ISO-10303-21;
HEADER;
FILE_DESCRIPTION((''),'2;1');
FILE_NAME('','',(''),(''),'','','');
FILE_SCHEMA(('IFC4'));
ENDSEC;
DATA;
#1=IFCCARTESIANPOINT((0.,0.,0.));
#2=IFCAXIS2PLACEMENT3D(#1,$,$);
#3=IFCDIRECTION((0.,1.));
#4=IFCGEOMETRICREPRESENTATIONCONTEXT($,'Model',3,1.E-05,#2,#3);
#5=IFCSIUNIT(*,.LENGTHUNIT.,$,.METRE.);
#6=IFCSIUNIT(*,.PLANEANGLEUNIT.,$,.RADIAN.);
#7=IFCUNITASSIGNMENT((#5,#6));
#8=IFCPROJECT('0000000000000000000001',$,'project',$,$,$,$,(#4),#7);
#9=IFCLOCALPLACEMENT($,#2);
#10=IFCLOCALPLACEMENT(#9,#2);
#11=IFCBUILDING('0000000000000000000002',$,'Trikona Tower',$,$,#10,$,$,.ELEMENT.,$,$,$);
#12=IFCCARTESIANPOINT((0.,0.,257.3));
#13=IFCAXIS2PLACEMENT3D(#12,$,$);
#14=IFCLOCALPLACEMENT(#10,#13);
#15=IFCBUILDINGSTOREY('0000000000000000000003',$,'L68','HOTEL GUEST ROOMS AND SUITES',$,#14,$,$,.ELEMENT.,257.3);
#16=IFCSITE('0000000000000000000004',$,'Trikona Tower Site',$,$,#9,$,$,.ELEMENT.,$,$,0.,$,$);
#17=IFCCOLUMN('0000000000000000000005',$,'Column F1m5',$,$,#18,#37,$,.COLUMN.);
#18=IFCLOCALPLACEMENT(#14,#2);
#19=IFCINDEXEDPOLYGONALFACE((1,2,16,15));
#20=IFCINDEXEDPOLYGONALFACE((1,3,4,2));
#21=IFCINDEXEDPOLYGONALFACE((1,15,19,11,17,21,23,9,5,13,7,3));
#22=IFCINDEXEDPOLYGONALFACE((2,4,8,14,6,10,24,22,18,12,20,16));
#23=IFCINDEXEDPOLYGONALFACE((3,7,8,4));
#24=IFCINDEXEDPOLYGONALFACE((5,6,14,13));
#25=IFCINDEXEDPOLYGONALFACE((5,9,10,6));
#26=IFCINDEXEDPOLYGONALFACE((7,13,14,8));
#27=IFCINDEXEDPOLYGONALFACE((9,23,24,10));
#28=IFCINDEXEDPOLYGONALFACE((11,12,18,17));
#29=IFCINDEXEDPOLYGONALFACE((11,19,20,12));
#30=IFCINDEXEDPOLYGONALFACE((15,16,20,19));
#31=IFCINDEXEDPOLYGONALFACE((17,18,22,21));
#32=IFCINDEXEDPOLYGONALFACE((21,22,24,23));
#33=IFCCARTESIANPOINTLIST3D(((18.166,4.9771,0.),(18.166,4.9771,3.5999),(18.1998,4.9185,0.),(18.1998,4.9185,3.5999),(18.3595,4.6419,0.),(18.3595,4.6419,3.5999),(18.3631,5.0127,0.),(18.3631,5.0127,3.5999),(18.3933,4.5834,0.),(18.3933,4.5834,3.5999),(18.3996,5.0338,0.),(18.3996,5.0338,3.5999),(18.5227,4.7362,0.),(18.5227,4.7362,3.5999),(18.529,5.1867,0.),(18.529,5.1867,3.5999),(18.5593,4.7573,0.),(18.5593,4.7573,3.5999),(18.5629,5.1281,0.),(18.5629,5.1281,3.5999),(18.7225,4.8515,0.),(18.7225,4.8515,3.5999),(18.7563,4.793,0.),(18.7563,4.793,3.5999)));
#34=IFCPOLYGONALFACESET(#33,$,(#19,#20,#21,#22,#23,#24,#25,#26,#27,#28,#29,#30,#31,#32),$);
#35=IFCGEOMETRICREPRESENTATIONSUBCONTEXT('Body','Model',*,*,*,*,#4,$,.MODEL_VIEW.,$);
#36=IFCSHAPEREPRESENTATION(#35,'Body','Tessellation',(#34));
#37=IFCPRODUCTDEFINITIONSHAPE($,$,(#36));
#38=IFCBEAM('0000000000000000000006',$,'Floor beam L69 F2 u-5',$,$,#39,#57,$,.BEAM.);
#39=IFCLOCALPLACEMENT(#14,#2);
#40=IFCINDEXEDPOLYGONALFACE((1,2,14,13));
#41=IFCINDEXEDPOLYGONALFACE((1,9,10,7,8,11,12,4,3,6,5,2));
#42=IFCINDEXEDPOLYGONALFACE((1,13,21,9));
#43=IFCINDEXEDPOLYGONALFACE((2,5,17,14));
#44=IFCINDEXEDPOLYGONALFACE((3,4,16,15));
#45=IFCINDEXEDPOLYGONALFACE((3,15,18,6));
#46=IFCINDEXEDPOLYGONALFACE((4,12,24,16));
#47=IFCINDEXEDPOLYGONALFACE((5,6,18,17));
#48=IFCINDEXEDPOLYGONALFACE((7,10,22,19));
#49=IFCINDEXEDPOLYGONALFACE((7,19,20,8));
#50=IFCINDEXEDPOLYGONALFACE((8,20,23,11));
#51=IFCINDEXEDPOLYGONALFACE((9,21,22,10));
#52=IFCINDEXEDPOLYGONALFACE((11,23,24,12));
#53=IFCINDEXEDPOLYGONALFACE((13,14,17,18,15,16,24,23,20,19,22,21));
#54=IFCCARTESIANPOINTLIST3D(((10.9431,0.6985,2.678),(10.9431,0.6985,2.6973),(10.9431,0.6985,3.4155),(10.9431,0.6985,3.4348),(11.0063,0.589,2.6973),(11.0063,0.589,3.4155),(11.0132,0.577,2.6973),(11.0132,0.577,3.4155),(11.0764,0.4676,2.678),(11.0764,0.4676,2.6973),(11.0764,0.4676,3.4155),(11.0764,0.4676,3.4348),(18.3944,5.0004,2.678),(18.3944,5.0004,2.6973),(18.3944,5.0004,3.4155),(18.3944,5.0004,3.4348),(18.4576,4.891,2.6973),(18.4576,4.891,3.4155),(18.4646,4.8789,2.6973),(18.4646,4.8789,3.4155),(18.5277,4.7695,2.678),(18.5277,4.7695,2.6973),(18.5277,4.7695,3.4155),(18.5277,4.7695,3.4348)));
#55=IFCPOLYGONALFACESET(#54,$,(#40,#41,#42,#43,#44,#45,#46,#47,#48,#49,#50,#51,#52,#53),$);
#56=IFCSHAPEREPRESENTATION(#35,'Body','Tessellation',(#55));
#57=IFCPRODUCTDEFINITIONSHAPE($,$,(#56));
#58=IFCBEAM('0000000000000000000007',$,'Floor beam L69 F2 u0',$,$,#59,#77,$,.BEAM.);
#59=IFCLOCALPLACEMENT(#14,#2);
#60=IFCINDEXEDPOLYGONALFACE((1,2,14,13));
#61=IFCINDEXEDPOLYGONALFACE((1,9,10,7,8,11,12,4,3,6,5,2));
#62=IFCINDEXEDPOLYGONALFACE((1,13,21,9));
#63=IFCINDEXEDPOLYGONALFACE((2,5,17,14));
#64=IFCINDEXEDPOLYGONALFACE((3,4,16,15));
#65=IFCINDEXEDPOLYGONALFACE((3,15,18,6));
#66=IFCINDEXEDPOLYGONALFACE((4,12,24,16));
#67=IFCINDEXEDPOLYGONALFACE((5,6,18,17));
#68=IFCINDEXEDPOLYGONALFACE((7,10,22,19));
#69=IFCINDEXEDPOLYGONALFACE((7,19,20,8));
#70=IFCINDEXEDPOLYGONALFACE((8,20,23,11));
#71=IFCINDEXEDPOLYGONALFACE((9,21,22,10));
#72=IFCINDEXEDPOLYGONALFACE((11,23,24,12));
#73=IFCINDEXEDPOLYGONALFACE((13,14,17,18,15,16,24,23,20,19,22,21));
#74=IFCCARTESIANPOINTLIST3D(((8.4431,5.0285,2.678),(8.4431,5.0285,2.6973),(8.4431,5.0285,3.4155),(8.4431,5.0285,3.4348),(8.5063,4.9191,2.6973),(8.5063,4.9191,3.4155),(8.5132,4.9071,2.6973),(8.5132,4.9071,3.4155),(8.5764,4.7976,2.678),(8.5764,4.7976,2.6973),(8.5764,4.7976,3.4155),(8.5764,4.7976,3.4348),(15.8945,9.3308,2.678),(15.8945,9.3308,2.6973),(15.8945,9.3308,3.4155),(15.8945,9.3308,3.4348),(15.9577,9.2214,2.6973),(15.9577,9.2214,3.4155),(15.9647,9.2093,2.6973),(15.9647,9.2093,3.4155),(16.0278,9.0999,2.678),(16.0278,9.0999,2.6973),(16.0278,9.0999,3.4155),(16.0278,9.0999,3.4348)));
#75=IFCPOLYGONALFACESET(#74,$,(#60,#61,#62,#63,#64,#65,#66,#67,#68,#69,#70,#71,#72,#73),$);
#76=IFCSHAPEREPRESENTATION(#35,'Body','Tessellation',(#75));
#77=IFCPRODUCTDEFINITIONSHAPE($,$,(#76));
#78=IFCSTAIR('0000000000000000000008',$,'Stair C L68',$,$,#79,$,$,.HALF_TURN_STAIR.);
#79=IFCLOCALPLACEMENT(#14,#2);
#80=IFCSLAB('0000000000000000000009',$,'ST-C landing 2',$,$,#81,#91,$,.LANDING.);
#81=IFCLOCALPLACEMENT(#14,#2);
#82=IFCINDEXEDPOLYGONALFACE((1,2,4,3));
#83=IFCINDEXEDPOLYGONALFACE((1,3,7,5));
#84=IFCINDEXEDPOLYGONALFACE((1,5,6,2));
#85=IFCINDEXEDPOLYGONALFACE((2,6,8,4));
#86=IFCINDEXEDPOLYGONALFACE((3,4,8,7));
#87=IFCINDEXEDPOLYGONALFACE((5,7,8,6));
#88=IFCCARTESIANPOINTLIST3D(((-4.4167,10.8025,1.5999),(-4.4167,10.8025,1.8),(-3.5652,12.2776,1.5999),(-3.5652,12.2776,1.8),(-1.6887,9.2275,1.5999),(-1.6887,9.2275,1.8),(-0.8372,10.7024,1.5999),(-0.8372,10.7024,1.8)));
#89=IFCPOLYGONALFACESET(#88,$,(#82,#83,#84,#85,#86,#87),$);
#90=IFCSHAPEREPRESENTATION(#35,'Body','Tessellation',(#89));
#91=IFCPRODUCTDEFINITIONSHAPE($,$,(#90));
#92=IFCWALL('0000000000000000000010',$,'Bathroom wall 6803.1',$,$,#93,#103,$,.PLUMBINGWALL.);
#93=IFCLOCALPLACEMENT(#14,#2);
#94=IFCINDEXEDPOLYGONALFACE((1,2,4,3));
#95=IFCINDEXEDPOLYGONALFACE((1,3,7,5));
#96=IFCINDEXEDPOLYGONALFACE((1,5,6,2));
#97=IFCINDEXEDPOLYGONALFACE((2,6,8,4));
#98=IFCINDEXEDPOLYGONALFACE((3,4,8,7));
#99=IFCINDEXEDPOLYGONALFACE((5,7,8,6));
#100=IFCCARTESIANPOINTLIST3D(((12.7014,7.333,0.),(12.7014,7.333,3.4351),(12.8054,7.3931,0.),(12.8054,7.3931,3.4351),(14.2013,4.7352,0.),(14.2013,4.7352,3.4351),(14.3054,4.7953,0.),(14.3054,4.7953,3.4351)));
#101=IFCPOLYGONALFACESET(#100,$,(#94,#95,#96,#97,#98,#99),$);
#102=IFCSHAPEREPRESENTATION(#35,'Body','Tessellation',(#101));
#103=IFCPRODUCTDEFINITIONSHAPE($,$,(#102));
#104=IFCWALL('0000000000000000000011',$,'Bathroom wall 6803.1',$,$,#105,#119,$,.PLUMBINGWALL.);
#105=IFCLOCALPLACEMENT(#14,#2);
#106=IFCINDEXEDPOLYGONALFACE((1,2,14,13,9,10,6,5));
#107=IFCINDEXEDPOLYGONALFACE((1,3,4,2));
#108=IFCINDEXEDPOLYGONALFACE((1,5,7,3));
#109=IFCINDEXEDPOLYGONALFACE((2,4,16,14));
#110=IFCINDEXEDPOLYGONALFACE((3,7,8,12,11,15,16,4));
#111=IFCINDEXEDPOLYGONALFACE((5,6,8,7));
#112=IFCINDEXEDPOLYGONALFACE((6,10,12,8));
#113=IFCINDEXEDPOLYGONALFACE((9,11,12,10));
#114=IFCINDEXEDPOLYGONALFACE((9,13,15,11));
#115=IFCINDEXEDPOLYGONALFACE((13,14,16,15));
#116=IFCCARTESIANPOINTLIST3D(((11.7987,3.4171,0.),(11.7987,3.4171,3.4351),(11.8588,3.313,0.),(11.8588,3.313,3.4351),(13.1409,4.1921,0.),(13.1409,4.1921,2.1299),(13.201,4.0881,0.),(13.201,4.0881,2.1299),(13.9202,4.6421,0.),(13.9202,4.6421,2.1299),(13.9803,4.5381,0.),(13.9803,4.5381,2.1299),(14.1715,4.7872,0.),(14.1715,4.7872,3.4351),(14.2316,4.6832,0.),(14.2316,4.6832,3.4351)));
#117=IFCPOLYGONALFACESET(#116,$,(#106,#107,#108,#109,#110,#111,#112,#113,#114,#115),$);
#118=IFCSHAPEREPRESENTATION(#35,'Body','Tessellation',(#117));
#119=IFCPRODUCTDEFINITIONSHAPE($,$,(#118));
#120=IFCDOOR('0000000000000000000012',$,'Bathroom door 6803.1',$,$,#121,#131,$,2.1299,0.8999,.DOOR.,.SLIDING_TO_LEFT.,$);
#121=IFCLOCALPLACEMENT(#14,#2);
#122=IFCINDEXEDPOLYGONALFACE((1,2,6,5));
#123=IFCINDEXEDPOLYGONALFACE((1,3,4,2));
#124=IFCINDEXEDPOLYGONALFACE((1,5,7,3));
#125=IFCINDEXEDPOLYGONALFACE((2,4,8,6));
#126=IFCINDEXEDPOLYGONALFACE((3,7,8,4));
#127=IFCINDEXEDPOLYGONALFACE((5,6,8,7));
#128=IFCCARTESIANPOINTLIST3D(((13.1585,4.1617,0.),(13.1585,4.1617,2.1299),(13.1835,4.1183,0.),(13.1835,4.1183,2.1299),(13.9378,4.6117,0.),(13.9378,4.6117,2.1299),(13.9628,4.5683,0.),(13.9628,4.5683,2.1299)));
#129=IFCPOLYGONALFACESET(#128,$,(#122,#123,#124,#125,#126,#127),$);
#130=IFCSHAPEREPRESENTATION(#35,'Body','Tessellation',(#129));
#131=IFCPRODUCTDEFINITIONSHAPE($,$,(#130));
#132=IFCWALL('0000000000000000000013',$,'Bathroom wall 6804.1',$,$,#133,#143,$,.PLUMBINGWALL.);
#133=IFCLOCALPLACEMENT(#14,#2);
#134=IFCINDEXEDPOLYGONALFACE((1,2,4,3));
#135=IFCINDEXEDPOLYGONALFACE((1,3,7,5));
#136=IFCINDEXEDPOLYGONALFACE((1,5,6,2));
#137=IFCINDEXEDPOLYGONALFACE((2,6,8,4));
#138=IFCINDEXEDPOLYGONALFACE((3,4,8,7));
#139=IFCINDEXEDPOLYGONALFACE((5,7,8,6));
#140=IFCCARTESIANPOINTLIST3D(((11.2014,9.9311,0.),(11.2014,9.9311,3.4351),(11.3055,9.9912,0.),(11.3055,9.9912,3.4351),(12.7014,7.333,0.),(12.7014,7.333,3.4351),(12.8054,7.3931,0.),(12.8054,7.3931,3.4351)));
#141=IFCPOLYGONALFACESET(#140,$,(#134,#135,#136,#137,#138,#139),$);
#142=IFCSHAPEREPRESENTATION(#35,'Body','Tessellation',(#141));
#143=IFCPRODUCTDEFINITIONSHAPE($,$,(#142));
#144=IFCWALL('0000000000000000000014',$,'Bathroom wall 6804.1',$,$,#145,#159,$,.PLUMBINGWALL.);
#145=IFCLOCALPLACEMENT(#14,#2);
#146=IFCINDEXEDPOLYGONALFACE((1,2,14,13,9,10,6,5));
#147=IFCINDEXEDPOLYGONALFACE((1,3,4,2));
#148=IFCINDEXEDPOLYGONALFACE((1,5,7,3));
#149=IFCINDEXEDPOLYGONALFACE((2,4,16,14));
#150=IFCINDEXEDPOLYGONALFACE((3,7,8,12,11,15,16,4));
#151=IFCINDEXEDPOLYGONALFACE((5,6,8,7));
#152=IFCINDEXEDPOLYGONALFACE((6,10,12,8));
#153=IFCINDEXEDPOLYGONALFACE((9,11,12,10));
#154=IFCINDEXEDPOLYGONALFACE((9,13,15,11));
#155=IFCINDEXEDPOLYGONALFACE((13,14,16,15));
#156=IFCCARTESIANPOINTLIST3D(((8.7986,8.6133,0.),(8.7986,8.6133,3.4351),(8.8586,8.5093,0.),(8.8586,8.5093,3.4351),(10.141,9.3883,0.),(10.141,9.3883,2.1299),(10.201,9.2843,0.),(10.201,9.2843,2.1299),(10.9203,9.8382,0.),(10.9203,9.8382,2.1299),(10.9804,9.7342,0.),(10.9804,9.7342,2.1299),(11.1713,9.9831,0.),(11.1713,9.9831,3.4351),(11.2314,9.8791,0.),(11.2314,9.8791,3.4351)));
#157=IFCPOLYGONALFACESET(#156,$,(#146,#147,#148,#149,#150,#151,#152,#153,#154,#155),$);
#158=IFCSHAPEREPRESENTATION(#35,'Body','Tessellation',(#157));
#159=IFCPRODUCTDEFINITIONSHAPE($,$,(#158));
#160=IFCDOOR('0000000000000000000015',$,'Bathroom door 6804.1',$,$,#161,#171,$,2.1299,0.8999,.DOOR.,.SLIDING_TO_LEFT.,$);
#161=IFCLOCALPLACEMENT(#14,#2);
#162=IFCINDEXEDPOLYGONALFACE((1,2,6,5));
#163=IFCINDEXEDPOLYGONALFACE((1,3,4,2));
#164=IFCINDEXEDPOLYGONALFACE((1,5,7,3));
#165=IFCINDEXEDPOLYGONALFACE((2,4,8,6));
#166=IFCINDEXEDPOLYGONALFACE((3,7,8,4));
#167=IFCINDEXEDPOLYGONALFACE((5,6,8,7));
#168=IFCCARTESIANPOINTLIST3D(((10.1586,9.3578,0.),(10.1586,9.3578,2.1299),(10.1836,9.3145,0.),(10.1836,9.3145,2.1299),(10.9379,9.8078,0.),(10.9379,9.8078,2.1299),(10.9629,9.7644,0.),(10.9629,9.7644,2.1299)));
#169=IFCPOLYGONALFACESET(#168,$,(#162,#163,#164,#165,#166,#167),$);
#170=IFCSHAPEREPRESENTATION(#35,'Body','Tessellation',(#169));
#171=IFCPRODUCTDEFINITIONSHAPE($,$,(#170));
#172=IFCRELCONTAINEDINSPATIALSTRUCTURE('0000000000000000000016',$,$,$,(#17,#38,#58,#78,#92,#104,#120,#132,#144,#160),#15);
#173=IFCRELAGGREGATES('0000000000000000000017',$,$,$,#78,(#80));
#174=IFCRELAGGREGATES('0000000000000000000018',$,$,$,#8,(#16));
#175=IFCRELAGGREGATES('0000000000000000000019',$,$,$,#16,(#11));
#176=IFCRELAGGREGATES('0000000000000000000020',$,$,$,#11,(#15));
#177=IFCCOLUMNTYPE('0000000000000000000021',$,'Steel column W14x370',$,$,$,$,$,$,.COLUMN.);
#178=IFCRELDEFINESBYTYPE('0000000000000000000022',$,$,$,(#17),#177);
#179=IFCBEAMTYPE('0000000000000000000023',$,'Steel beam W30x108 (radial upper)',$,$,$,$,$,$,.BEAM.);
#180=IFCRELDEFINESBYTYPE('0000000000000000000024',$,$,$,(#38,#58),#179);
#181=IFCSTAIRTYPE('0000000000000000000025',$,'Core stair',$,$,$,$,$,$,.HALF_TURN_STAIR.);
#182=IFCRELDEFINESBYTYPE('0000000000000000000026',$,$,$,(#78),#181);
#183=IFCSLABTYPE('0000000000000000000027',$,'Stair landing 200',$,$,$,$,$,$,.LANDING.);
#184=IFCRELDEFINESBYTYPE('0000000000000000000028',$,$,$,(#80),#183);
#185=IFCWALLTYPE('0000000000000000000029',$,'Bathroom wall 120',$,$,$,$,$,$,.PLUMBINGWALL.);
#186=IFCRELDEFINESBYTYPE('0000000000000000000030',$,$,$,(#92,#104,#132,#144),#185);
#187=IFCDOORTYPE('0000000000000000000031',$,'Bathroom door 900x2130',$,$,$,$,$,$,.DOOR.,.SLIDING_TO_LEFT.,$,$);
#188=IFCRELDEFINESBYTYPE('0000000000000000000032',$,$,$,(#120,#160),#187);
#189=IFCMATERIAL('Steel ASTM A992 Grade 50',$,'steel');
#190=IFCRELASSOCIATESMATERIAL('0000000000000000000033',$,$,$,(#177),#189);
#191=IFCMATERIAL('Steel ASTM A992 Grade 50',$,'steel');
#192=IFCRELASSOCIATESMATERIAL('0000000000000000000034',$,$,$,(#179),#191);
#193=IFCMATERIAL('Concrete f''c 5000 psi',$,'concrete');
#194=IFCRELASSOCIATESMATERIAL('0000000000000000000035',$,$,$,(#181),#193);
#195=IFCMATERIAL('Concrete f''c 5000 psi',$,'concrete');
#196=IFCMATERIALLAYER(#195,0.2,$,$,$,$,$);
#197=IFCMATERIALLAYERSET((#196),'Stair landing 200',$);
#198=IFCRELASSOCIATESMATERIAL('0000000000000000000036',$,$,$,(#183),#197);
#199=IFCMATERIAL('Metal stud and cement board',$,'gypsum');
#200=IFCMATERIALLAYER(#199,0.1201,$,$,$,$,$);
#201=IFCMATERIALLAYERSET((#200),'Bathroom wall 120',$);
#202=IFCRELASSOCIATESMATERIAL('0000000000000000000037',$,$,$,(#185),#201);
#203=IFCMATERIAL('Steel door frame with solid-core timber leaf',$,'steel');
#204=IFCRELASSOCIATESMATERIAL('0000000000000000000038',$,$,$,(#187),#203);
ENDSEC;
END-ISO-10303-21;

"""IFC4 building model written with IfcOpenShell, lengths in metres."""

from ifc_helpers import new_model, si_unit, direction, frame, frame_2d, origin, origin_2d, place, context, subcontext, project, spatial, polyline, rectangle, i_section, outline, extrude, material, layer, layer_set, material_profile, profile_set, type_object, element, fill, aggregate, save


model = new_model("IFC4")

# Units and contexts
model_context = context("Model", 3, precision=1e-05, world=origin(), true_north=direction((0.0, 1.0)))
body_context = subcontext(model_context, "Body", "Model", "MODEL_VIEW")
ifc_project = project(units=[si_unit("LENGTHUNIT", "METRE"), si_unit("PLANEANGLEUNIT", "RADIAN")], contexts=[model_context])

# Site, building, storey
site_placement = place(None, origin())
site = spatial("IfcSite", under=ifc_project, at=site_placement, Name="Trikona Tower Site", CompositionType="ELEMENT", RefElevation=0.0)
building_placement = place(site_placement, origin())
building = spatial("IfcBuilding", under=site, at=building_placement, Name="Trikona Tower", CompositionType="ELEMENT")
storey_placement = place(building_placement, frame((0.0, 0.0, 257.3)))
storey = spatial("IfcBuildingStorey", under=building, at=storey_placement, Name="L68", Description="HOTEL GUEST ROOMS AND SUITES", CompositionType="ELEMENT", Elevation=257.3)

# Column
ifc_material_1 = material(Name="Steel ASTM A992 Grade 50", Category="steel")
ifc_material_profile_1 = material_profile(ifc_material_1, i_section(OverallWidth=0.4192, OverallDepth=0.4546, WebThickness=0.0422, FlangeThickness=0.0676, at=origin_2d()), Name="W14X370")
ifc_profile_set_1 = profile_set([ifc_material_profile_1], Name="Steel ASTM A992 Grade 50")
column_type = type_object("IfcColumnType", Name="Steel column W14x370", PredefinedType="COLUMN", material=ifc_profile_set_1)
column_placement = place(storey_placement, frame((18.4612, 4.885, 0.0), z_axis=(0.0, 0.0, 1.0), x_axis=(0.866025, 0.5, 0.0)))
element("IfcColumn", 1, at=column_placement, inside=storey, type_object=column_type, Name="Column F1m5", PredefinedType="COLUMN", context=body_context, shape_type="SweptSolid", body=[
    extrude(i_section(OverallWidth=0.4192, OverallDepth=0.4546, WebThickness=0.0422, FlangeThickness=0.0676, at=origin_2d()), origin(), (0.0, 0.0, 1.0), 3.5999),
])

# Beams
ifc_material_2 = material(Name="Steel ASTM A992 Grade 50", Category="steel")
ifc_material_profile_2 = material_profile(ifc_material_2, i_section(OverallWidth=0.2666, OverallDepth=0.7568, WebThickness=0.0139, FlangeThickness=0.0193, at=origin_2d()), Name="W30X108")
ifc_profile_set_2 = profile_set([ifc_material_profile_2], Name="Steel ASTM A992 Grade 50")
beam_type = type_object("IfcBeamType", Name="Steel beam W30x108 (radial upper)", PredefinedType="BEAM", material=ifc_profile_set_2)
beam_1_placement = place(storey_placement, frame((11.0098, 0.583, 3.0564), z_axis=(0.866029, 0.499993, 0.0), x_axis=(-0.499993, 0.866029, 0.0)))
element("IfcBeam", 2, at=beam_1_placement, inside=storey, type_object=beam_type, Name="Floor beam L69 F2 u-5", PredefinedType="BEAM", context=body_context, shape_type="SweptSolid", body=[
    extrude(i_section(OverallWidth=0.2666, OverallDepth=0.7568, WebThickness=0.0139, FlangeThickness=0.0193, at=origin_2d()), origin(), (0.0, 0.0, 1.0), 8.604),
])
beam_2_placement = place(storey_placement, frame((8.5098, 4.9131, 3.0564), z_axis=(0.866017, 0.500015, 0.0), x_axis=(-0.500015, 0.866017, 0.0)))
element("IfcBeam", 3, at=beam_2_placement, inside=storey, type_object=beam_type, Name="Floor beam L69 F2 u0", PredefinedType="BEAM", context=body_context, shape_type="SweptSolid", body=[
    extrude(i_section(OverallWidth=0.2666, OverallDepth=0.7568, WebThickness=0.0139, FlangeThickness=0.0193, at=origin_2d()), origin(), (0.0, 0.0, 1.0), 8.6042),
])

# Stair, slab
ifc_material_3 = material(Name="Concrete f'c 5000 psi", Category="concrete")
stair_type = type_object("IfcStairType", Name="Core stair", PredefinedType="HALF_TURN_STAIR", material=ifc_material_3)
stair_1_placement = place(storey_placement, origin())
stair_1 = element("IfcStair", 4, at=stair_1_placement, inside=storey, type_object=stair_type, Name="Stair C L68", PredefinedType="HALF_TURN_STAIR")
ifc_material_4 = material(Name="Concrete f'c 5000 psi", Category="concrete")
ifc_layer_1 = layer(ifc_material_4, 0.2)
ifc_layer_set_1 = layer_set([ifc_layer_1], Name="Stair landing 200")
slab_type = type_object("IfcSlabType", Name="Stair landing 200", PredefinedType="LANDING", material=ifc_layer_set_1)
slab_placement = place(storey_placement, frame((0.0, 0.0, 1.5999)))
slab = element("IfcSlab", 5, at=slab_placement, type_object=slab_type, Name="ST-C landing 2", PredefinedType="LANDING", context=body_context, shape_type="SweptSolid", body=[
    extrude(outline(polyline([(-0.8372, 10.7024), (-1.6887, 9.2275), (-4.4167, 10.8025), (-3.5652, 12.2776), (-0.8372, 10.7024)])), origin(), (0.0, 0.0, 1.0), 0.2002),
])
aggregate(stair_1, [slab])

# Wall
ifc_material_5 = material(Name="Metal stud and cement board", Category="gypsum")
ifc_layer_2 = layer(ifc_material_5, 0.1201)
ifc_layer_set_2 = layer_set([ifc_layer_2], Name="Bathroom wall 120")
wall_type_1 = type_object("IfcWallType", Name="Bathroom wall 120", PredefinedType="PLUMBINGWALL", material=ifc_layer_set_2)
wall_1_placement = place(storey_placement, frame((14.2534, 4.7651, 0.0), z_axis=(0.0, 0.0, 1.0), x_axis=(-0.500025, 0.866011, 0.0)))
element("IfcWall", 6, at=wall_1_placement, inside=storey, type_object=wall_type_1, Name="Bathroom wall 6803.1", PredefinedType="PLUMBINGWALL", context=body_context, shape_type="SweptSolid", body=[
    extrude(rectangle(XDim=2.9998, YDim=0.1201, at=frame_2d((1.5, 0.0))), origin(), (0.0, 0.0, 1.0), 3.4351),
])

# Wall, opening, door
wall_2_placement = place(storey_placement, frame((11.8286, 3.365, 0.0), z_axis=(0.0, 0.0, 1.0), x_axis=(0.865997, 0.500049, 0.0)))
wall_2 = element("IfcWall", 7, at=wall_2_placement, inside=storey, type_object=wall_type_1, Name="Bathroom wall 6803.1", PredefinedType="PLUMBINGWALL", context=body_context, shape_type="SweptSolid", body=[
    extrude(rectangle(XDim=2.74, YDim=0.1201, at=frame_2d((1.3701, 0.0))), origin(), (0.0, 0.0, 1.0), 3.4351),
])
opening_1_placement = place(wall_2_placement, frame((1.55, 0.0, 0.0)))
opening_1 = element("IfcOpeningElement", 8, at=opening_1_placement, cuts=wall_2, PredefinedType="OPENING", context=body_context, shape_type="SweptSolid", body=[
    extrude(rectangle(XDim=0.8999, YDim=2.1299, at=frame_2d((0.45, 1.0649))), frame((0.0, 0.0701, 0.0), z_axis=(0.0, -1.0, 0.0), x_axis=(1.0, 0.0, 0.0)), (0.0, 0.0, 1.0), 0.1401),
])
ifc_material_6 = material(Name="Steel door frame with solid-core timber leaf", Category="steel")
door_type_1 = type_object("IfcDoorType", Name="Bathroom door 900x2130", OperationType="SLIDING_TO_LEFT", PredefinedType="DOOR", material=ifc_material_6)
door_1_placement = place(opening_1_placement, origin())
door_1 = element("IfcDoor", 9, at=door_1_placement, inside=storey, type_object=door_type_1, Name="Bathroom door 6803.1", OperationType="SLIDING_TO_LEFT", OverallHeight=2.1299, OverallWidth=0.8999, PredefinedType="DOOR", context=body_context, shape_type="SweptSolid", body=[
    extrude(rectangle(XDim=0.8999, YDim=2.1299, at=frame_2d((0.45, 1.0649))), frame((0.0, 0.0249, 0.0), z_axis=(0.0, -1.0, 0.0), x_axis=(1.0, 0.0, 0.0)), (0.0, 0.0, 1.0), 0.05),
])
fill(opening_1, door_1)

# Wall
wall_3_placement = place(storey_placement, frame((12.7534, 7.363, 0.0), z_axis=(0.0, 0.0, 1.0), x_axis=(-0.49999, 0.866031, 0.0)))
element("IfcWall", 10, at=wall_3_placement, inside=storey, type_object=wall_type_1, Name="Bathroom wall 6804.1", PredefinedType="PLUMBINGWALL", context=body_context, shape_type="SweptSolid", body=[
    extrude(rectangle(XDim=3.0, YDim=0.1201, at=frame_2d((1.5, 0.0))), origin(), (0.0, 0.0, 1.0), 3.4351),
])

# Wall, opening, door
wall_4_placement = place(storey_placement, frame((8.8286, 8.5613, 0.0), z_axis=(0.0, 0.0, 1.0), x_axis=(0.866036, 0.499982, 0.0)))
wall_4 = element("IfcWall", 11, at=wall_4_placement, inside=storey, type_object=wall_type_1, Name="Bathroom wall 6804.1", PredefinedType="PLUMBINGWALL", context=body_context, shape_type="SweptSolid", body=[
    extrude(rectangle(XDim=2.7397, YDim=0.1201, at=frame_2d((1.3699, 0.0))), origin(), (0.0, 0.0, 1.0), 3.4351),
])
opening_2_placement = place(wall_4_placement, frame((1.55, 0.0, 0.0)))
opening_2 = element("IfcOpeningElement", 12, at=opening_2_placement, cuts=wall_4, PredefinedType="OPENING", context=body_context, shape_type="SweptSolid", body=[
    extrude(rectangle(XDim=0.8999, YDim=2.1299, at=frame_2d((0.45, 1.0649))), frame((0.0, 0.0701, 0.0), z_axis=(0.0, -1.0, 0.0), x_axis=(1.0, 0.0, 0.0)), (0.0, 0.0, 1.0), 0.1401),
])
door_2_placement = place(opening_2_placement, origin())
door_2 = element("IfcDoor", 13, at=door_2_placement, inside=storey, type_object=door_type_1, Name="Bathroom door 6804.1", OperationType="SLIDING_TO_LEFT", OverallHeight=2.1299, OverallWidth=0.8999, PredefinedType="DOOR", context=body_context, shape_type="SweptSolid", body=[
    extrude(rectangle(XDim=0.8999, YDim=2.1299, at=frame_2d((0.45, 1.0649))), frame((0.0, 0.0249, 0.0), z_axis=(0.0, -1.0, 0.0), x_axis=(1.0, 0.0, 0.0)), (0.0, 0.0, 1.0), 0.05),
])
fill(opening_2, door_2)

save(model, "model.ifc")
